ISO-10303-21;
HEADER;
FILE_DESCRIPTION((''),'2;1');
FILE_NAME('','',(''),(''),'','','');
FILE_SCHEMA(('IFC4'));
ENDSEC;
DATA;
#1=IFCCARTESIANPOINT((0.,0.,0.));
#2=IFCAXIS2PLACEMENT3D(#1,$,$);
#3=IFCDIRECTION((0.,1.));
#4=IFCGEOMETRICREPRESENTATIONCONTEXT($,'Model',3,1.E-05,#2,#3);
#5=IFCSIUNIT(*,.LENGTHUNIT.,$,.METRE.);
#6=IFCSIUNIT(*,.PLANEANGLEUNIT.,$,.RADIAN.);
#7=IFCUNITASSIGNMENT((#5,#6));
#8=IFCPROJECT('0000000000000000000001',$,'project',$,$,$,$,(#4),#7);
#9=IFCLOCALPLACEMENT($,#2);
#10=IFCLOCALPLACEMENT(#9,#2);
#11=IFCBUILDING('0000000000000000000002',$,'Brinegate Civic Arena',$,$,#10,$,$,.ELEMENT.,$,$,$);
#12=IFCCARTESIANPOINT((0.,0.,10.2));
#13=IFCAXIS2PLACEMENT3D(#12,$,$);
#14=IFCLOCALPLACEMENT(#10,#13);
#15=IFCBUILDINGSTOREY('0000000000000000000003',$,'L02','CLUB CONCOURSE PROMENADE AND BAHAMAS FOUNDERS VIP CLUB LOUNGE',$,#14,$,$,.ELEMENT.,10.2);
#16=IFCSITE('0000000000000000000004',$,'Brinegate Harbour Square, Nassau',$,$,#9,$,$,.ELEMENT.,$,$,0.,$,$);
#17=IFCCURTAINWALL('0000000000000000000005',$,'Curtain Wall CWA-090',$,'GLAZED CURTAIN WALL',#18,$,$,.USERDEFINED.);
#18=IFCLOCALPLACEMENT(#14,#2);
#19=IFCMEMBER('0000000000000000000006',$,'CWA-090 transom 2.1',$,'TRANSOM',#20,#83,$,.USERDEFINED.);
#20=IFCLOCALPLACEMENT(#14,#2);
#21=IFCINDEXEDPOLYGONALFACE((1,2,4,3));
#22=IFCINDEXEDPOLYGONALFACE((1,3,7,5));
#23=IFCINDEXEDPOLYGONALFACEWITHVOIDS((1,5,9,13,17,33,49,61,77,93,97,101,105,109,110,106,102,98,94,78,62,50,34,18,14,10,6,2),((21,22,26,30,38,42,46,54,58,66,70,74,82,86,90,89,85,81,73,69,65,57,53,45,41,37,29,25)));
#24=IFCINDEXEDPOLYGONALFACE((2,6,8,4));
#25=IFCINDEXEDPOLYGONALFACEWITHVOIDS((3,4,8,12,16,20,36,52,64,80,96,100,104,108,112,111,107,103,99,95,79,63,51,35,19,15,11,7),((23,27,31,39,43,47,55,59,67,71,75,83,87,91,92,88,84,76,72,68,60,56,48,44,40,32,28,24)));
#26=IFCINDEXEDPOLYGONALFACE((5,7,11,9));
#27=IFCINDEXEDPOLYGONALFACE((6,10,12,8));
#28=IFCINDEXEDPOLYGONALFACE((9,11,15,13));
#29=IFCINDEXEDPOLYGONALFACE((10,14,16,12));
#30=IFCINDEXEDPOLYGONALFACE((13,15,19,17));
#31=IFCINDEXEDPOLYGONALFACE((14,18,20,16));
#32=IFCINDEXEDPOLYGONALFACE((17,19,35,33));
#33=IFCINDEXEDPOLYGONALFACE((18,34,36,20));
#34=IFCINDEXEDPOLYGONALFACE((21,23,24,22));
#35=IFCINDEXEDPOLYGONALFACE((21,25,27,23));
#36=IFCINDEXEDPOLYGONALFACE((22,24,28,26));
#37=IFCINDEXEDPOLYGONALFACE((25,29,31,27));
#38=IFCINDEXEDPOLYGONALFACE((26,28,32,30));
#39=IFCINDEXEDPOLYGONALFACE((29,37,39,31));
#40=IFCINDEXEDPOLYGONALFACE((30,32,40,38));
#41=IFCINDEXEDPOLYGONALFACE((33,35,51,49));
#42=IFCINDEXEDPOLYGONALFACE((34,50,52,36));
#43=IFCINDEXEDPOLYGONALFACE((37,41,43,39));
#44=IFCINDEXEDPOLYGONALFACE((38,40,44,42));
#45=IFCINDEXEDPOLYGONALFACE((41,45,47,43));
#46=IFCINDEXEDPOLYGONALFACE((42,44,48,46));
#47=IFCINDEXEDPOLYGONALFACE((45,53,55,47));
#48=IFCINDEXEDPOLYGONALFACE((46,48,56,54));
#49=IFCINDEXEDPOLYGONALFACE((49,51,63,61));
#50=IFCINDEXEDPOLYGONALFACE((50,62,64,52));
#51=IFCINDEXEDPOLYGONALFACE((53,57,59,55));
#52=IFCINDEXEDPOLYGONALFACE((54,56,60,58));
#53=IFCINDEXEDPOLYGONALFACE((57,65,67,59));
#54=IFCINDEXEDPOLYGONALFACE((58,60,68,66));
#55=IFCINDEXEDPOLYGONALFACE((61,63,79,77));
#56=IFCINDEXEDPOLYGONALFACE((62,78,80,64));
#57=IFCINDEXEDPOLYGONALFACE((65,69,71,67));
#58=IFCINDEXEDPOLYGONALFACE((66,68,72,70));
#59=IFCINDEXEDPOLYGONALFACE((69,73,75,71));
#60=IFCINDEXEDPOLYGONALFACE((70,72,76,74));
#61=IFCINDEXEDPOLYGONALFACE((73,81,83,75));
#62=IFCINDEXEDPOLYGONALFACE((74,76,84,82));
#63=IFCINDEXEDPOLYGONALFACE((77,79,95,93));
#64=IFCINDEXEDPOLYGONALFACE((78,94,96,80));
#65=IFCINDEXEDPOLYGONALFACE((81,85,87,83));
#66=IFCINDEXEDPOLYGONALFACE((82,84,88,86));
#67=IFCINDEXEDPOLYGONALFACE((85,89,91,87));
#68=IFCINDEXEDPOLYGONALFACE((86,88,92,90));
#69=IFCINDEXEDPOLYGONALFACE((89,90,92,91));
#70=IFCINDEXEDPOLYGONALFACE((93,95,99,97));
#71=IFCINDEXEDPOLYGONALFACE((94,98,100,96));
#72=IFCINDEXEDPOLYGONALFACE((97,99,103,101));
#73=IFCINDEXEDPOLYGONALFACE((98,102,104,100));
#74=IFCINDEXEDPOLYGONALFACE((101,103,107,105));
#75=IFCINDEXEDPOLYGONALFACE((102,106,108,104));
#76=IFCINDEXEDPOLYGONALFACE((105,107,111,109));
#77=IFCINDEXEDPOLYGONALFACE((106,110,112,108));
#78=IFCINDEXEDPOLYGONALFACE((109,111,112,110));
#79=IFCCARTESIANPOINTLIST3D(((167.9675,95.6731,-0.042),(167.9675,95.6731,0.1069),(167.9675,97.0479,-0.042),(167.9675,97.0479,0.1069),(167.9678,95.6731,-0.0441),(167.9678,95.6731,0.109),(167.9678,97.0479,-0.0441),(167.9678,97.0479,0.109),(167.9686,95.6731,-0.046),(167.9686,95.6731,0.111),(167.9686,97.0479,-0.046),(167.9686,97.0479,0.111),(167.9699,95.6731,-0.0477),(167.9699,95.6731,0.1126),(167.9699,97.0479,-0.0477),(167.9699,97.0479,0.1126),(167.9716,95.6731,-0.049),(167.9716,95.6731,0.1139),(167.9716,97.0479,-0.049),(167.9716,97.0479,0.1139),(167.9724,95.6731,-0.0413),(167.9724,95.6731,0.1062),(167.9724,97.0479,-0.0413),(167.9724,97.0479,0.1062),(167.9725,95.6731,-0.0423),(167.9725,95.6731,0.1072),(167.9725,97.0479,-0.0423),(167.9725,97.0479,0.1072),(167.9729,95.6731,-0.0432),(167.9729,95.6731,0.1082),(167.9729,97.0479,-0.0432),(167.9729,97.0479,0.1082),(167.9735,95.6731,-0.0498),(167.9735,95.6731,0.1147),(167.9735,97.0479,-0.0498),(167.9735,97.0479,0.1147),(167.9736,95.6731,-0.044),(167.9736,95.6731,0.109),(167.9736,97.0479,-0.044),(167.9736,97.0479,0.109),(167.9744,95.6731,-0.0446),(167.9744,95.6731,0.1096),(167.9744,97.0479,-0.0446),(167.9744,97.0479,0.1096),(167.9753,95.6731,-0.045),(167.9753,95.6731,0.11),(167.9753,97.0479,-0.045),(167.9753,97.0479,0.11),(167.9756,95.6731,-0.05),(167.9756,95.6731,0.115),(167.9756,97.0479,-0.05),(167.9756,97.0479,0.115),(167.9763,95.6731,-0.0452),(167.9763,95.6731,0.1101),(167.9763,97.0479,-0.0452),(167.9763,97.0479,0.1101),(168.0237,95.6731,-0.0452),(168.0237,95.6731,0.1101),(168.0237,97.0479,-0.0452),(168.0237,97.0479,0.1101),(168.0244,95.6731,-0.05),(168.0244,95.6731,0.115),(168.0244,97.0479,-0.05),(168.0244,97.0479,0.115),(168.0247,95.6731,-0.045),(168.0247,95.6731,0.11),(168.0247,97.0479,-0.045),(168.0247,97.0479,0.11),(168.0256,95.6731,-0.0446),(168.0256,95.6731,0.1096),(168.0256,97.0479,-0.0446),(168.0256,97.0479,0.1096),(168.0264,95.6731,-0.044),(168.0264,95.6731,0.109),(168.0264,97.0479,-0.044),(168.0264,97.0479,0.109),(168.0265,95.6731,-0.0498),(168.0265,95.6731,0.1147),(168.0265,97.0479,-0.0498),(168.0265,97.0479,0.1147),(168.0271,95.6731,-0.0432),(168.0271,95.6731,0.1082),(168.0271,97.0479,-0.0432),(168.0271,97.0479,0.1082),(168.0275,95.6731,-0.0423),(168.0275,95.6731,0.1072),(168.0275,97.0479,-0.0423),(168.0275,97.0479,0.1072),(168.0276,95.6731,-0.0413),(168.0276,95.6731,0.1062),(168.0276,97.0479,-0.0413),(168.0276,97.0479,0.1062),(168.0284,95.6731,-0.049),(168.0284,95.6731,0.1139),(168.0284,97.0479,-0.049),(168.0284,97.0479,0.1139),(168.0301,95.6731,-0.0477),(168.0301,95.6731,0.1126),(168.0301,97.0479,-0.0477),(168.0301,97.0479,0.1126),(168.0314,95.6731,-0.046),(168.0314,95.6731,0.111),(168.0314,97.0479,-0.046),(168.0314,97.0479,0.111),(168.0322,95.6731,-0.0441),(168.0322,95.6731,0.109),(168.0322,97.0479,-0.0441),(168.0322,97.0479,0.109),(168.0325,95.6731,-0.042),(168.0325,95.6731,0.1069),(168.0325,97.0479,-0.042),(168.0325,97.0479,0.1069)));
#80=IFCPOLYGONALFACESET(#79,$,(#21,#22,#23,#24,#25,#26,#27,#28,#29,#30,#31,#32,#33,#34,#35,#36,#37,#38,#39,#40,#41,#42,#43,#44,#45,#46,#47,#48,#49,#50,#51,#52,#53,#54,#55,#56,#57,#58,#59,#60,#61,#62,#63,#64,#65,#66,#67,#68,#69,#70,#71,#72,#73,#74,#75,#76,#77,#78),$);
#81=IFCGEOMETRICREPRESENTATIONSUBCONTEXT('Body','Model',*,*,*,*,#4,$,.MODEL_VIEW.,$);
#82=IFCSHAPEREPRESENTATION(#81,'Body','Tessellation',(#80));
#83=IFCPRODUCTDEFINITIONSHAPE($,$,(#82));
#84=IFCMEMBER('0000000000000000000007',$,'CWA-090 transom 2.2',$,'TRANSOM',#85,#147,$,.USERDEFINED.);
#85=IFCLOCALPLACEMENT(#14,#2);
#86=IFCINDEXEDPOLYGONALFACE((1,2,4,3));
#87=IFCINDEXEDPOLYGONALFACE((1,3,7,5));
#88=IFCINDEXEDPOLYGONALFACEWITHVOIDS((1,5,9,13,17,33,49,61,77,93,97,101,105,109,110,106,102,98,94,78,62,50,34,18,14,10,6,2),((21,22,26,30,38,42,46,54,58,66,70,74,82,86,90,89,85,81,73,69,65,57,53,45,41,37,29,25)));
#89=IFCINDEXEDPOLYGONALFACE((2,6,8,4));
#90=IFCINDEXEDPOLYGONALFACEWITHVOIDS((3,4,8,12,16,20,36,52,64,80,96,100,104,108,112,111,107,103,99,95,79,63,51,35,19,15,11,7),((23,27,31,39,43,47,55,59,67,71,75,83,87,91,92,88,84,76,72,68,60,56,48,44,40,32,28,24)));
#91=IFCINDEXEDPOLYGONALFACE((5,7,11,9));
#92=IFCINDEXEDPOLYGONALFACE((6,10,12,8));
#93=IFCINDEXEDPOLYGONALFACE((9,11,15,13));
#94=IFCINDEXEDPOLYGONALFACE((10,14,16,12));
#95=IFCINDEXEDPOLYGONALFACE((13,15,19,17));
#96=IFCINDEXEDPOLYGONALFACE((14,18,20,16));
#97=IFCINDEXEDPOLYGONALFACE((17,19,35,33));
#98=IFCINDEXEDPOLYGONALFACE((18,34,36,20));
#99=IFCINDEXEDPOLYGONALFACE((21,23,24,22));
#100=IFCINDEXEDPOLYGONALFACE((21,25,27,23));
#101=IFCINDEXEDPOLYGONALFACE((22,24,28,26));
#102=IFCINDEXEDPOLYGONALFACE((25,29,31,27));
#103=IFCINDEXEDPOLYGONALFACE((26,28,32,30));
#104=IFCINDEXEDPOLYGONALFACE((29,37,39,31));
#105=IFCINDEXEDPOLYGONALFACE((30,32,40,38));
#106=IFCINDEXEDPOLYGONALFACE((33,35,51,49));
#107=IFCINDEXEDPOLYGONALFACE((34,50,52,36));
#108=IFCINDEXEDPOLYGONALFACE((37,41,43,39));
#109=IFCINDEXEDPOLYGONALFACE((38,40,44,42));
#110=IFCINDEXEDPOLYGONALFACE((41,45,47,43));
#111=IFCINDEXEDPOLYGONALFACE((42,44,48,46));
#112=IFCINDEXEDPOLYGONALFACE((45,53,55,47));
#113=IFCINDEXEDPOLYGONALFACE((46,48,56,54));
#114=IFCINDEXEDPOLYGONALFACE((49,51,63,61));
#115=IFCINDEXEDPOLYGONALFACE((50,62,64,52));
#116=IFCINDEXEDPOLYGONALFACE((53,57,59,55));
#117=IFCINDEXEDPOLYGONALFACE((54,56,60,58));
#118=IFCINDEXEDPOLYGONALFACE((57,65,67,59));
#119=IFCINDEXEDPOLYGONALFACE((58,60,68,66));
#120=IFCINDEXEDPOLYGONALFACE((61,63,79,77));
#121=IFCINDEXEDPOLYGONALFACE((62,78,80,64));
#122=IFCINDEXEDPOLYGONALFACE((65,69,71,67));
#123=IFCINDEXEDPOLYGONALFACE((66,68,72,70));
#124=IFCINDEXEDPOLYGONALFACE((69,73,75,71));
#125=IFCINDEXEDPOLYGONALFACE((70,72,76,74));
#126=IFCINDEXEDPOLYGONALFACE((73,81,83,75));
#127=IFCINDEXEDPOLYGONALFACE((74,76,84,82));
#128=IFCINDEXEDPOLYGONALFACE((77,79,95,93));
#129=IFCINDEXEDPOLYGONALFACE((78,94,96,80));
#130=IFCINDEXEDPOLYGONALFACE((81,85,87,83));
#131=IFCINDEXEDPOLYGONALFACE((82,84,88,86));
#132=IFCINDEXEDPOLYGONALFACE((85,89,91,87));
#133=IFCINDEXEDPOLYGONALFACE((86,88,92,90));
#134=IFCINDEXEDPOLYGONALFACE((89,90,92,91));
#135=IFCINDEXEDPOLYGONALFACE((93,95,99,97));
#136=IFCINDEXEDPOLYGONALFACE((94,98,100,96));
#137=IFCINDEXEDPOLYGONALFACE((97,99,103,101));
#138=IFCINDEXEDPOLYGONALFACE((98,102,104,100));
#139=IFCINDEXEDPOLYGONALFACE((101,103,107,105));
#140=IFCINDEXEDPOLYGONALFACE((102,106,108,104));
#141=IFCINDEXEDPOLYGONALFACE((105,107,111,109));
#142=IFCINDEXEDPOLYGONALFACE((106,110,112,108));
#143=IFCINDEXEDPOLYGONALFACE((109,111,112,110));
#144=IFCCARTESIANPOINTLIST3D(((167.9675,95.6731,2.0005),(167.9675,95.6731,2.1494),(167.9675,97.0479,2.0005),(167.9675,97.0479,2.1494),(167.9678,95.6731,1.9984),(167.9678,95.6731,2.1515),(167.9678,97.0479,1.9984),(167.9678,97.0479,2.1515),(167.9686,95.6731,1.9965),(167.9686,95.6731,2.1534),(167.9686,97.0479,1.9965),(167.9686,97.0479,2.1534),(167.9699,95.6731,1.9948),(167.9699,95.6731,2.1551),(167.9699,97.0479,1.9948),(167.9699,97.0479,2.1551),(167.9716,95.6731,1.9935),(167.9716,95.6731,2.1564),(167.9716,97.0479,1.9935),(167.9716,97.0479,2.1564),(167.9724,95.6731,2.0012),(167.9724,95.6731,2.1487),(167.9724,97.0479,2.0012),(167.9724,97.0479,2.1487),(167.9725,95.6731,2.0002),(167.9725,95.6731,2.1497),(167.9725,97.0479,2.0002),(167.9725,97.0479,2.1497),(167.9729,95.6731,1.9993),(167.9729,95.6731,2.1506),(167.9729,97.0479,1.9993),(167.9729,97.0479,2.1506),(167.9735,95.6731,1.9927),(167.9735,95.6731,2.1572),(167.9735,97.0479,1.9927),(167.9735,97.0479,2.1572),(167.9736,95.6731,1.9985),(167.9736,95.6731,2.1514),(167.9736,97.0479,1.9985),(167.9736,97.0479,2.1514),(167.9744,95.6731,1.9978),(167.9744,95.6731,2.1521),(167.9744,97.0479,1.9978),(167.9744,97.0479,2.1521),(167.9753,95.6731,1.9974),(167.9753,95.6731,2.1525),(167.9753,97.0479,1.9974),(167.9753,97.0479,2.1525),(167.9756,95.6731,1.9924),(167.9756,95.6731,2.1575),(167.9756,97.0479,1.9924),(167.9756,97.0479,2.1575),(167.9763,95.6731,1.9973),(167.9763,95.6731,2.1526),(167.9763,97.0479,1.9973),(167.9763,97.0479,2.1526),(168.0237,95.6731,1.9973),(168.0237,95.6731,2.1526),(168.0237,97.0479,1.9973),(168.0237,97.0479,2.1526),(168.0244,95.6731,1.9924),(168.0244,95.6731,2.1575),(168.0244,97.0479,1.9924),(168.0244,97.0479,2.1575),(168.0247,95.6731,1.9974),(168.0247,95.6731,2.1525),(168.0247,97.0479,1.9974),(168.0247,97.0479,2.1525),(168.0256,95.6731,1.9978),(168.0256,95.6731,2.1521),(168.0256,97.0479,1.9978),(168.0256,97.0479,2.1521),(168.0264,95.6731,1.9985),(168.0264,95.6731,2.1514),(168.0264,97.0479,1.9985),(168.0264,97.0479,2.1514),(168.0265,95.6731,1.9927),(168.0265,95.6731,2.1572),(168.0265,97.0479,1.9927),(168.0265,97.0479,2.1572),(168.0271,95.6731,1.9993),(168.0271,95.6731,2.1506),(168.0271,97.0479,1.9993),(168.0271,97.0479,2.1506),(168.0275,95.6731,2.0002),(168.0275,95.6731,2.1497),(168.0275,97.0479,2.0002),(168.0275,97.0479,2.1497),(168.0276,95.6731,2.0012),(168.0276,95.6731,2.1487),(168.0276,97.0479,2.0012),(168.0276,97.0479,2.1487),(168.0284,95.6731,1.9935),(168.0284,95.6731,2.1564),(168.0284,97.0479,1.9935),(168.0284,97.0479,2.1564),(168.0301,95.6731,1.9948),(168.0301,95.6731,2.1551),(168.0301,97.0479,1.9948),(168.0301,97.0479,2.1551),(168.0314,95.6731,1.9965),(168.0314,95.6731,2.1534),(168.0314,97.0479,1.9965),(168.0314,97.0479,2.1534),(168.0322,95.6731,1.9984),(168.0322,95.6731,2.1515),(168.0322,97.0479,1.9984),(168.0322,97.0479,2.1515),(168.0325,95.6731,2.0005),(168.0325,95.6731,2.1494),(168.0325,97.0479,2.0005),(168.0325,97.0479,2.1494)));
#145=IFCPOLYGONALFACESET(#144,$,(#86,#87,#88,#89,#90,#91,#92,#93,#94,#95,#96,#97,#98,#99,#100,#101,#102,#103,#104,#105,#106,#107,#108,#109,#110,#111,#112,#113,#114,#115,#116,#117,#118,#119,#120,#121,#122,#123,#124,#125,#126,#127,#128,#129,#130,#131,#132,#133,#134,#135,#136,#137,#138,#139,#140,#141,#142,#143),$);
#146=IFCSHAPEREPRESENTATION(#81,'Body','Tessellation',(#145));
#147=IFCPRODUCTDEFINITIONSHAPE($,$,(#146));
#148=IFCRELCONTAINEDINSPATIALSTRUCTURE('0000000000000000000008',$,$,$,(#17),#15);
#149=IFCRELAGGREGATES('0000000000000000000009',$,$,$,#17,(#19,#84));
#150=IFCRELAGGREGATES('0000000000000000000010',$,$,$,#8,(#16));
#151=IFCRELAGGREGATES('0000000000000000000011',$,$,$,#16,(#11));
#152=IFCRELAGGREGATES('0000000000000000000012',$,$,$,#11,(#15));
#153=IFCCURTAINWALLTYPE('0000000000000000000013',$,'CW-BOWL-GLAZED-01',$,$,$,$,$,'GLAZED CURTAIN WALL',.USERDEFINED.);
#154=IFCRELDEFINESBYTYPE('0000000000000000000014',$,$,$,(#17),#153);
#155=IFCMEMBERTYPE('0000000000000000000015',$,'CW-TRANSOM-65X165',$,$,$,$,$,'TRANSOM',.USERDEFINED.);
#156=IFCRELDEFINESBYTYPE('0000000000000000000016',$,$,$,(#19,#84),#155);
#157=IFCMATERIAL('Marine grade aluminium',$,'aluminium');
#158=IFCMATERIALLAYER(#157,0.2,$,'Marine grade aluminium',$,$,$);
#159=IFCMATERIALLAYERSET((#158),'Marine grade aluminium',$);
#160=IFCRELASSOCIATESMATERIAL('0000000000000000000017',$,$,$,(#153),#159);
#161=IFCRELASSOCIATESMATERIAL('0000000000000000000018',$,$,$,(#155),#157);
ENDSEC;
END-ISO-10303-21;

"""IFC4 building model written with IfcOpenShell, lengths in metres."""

from ifc_helpers import new_model, si_unit, direction, frame, origin, origin_2d, place, context, subcontext, project, spatial, hollow_rectangle, extrude, material, layer, layer_set, material_profile, profile_set, type_object, element, aggregate, save


model = new_model("IFC4")

# Units and contexts
model_context = context("Model", 3, precision=1e-05, world=origin(), true_north=direction((0.0, 1.0)))
body_context = subcontext(model_context, "Body", "Model", "MODEL_VIEW")
ifc_project = project(units=[si_unit("LENGTHUNIT", "METRE"), si_unit("PLANEANGLEUNIT", "RADIAN")], contexts=[model_context])

# Site, building, storey
site_placement = place(None, origin())
site = spatial("IfcSite", under=ifc_project, at=site_placement, Name="Brinegate Harbour Square, Nassau", CompositionType="ELEMENT", RefElevation=0.0)
building_placement = place(site_placement, origin())
building = spatial("IfcBuilding", under=site, at=building_placement, Name="Brinegate Civic Arena", CompositionType="ELEMENT")
storey_placement = place(building_placement, frame((0.0, 0.0, 10.2)))
storey = spatial("IfcBuildingStorey", under=building, at=storey_placement, Name="L02", Description="CLUB CONCOURSE PROMENADE AND BAHAMAS FOUNDERS VIP CLUB LOUNGE", CompositionType="ELEMENT", Elevation=10.2)

# Shared definitions
ifc_material_1 = material(Name="Marine grade aluminium", Category="aluminium")
ifc_layer_1 = layer(ifc_material_1, 0.2, Name="Marine grade aluminium")
ifc_layer_set_1 = layer_set([ifc_layer_1], Name="Marine grade aluminium")
curtain_wall_type = type_object("IfcCurtainWallType", Name="CW-BOWL-GLAZED-01", ElementType="GLAZED CURTAIN WALL", PredefinedType="USERDEFINED", material=ifc_layer_set_1)

# Curtain wall, members
curtain_wall_1_placement = place(storey_placement, origin())
curtain_wall_1 = element("IfcCurtainWall", 1, at=curtain_wall_1_placement, inside=storey, type_object=curtain_wall_type, Name="Curtain Wall CWA-090", ObjectType="GLAZED CURTAIN WALL", PredefinedType="USERDEFINED")
ifc_material_profile_1 = material_profile(ifc_material_1, hollow_rectangle(XDim=0.0649, YDim=0.165, WallThickness=0.0049, InnerFilletRadius=0.0039, OuterFilletRadius=0.0081, at=origin_2d()), Name="TRN65X165")
ifc_profile_set_1 = profile_set([ifc_material_profile_1], Name="Marine grade aluminium")
member_type_1 = type_object("IfcMemberType", Name="CW-TRANSOM-65X165", ElementType="TRANSOM", PredefinedType="USERDEFINED", material=ifc_profile_set_1)
member_1_placement = place(storey_placement, frame((168.0, 95.6731, 0.0325), z_axis=(0.0, 1.0, 0.0), x_axis=(-1.0, 0.0, 0.0)))
member_1 = element("IfcMember", 2, at=member_1_placement, type_object=member_type_1, Name="CWA-090 transom 2.1", ObjectType="TRANSOM", PredefinedType="USERDEFINED", context=body_context, shape_type="SweptSolid", body=[
    extrude(hollow_rectangle(XDim=0.0649, YDim=0.165, WallThickness=0.0049, InnerFilletRadius=0.0039, OuterFilletRadius=0.0081, at=origin_2d()), origin(), (0.0, 0.0, 1.0), 1.3748),
])
member_2_placement = place(storey_placement, frame((168.0, 95.6731, 2.075), z_axis=(0.0, 1.0, 0.0), x_axis=(-1.0, 0.0, 0.0)))
member_2 = element("IfcMember", 3, at=member_2_placement, type_object=member_type_1, Name="CWA-090 transom 2.2", ObjectType="TRANSOM", PredefinedType="USERDEFINED", context=body_context, shape_type="SweptSolid", body=[
    extrude(hollow_rectangle(XDim=0.0649, YDim=0.165, WallThickness=0.0049, InnerFilletRadius=0.0039, OuterFilletRadius=0.0081, at=origin_2d()), origin(), (0.0, 0.0, 1.0), 1.3748),
])

aggregate(curtain_wall_1, [member_1, member_2])

save(model, "model.ifc")
